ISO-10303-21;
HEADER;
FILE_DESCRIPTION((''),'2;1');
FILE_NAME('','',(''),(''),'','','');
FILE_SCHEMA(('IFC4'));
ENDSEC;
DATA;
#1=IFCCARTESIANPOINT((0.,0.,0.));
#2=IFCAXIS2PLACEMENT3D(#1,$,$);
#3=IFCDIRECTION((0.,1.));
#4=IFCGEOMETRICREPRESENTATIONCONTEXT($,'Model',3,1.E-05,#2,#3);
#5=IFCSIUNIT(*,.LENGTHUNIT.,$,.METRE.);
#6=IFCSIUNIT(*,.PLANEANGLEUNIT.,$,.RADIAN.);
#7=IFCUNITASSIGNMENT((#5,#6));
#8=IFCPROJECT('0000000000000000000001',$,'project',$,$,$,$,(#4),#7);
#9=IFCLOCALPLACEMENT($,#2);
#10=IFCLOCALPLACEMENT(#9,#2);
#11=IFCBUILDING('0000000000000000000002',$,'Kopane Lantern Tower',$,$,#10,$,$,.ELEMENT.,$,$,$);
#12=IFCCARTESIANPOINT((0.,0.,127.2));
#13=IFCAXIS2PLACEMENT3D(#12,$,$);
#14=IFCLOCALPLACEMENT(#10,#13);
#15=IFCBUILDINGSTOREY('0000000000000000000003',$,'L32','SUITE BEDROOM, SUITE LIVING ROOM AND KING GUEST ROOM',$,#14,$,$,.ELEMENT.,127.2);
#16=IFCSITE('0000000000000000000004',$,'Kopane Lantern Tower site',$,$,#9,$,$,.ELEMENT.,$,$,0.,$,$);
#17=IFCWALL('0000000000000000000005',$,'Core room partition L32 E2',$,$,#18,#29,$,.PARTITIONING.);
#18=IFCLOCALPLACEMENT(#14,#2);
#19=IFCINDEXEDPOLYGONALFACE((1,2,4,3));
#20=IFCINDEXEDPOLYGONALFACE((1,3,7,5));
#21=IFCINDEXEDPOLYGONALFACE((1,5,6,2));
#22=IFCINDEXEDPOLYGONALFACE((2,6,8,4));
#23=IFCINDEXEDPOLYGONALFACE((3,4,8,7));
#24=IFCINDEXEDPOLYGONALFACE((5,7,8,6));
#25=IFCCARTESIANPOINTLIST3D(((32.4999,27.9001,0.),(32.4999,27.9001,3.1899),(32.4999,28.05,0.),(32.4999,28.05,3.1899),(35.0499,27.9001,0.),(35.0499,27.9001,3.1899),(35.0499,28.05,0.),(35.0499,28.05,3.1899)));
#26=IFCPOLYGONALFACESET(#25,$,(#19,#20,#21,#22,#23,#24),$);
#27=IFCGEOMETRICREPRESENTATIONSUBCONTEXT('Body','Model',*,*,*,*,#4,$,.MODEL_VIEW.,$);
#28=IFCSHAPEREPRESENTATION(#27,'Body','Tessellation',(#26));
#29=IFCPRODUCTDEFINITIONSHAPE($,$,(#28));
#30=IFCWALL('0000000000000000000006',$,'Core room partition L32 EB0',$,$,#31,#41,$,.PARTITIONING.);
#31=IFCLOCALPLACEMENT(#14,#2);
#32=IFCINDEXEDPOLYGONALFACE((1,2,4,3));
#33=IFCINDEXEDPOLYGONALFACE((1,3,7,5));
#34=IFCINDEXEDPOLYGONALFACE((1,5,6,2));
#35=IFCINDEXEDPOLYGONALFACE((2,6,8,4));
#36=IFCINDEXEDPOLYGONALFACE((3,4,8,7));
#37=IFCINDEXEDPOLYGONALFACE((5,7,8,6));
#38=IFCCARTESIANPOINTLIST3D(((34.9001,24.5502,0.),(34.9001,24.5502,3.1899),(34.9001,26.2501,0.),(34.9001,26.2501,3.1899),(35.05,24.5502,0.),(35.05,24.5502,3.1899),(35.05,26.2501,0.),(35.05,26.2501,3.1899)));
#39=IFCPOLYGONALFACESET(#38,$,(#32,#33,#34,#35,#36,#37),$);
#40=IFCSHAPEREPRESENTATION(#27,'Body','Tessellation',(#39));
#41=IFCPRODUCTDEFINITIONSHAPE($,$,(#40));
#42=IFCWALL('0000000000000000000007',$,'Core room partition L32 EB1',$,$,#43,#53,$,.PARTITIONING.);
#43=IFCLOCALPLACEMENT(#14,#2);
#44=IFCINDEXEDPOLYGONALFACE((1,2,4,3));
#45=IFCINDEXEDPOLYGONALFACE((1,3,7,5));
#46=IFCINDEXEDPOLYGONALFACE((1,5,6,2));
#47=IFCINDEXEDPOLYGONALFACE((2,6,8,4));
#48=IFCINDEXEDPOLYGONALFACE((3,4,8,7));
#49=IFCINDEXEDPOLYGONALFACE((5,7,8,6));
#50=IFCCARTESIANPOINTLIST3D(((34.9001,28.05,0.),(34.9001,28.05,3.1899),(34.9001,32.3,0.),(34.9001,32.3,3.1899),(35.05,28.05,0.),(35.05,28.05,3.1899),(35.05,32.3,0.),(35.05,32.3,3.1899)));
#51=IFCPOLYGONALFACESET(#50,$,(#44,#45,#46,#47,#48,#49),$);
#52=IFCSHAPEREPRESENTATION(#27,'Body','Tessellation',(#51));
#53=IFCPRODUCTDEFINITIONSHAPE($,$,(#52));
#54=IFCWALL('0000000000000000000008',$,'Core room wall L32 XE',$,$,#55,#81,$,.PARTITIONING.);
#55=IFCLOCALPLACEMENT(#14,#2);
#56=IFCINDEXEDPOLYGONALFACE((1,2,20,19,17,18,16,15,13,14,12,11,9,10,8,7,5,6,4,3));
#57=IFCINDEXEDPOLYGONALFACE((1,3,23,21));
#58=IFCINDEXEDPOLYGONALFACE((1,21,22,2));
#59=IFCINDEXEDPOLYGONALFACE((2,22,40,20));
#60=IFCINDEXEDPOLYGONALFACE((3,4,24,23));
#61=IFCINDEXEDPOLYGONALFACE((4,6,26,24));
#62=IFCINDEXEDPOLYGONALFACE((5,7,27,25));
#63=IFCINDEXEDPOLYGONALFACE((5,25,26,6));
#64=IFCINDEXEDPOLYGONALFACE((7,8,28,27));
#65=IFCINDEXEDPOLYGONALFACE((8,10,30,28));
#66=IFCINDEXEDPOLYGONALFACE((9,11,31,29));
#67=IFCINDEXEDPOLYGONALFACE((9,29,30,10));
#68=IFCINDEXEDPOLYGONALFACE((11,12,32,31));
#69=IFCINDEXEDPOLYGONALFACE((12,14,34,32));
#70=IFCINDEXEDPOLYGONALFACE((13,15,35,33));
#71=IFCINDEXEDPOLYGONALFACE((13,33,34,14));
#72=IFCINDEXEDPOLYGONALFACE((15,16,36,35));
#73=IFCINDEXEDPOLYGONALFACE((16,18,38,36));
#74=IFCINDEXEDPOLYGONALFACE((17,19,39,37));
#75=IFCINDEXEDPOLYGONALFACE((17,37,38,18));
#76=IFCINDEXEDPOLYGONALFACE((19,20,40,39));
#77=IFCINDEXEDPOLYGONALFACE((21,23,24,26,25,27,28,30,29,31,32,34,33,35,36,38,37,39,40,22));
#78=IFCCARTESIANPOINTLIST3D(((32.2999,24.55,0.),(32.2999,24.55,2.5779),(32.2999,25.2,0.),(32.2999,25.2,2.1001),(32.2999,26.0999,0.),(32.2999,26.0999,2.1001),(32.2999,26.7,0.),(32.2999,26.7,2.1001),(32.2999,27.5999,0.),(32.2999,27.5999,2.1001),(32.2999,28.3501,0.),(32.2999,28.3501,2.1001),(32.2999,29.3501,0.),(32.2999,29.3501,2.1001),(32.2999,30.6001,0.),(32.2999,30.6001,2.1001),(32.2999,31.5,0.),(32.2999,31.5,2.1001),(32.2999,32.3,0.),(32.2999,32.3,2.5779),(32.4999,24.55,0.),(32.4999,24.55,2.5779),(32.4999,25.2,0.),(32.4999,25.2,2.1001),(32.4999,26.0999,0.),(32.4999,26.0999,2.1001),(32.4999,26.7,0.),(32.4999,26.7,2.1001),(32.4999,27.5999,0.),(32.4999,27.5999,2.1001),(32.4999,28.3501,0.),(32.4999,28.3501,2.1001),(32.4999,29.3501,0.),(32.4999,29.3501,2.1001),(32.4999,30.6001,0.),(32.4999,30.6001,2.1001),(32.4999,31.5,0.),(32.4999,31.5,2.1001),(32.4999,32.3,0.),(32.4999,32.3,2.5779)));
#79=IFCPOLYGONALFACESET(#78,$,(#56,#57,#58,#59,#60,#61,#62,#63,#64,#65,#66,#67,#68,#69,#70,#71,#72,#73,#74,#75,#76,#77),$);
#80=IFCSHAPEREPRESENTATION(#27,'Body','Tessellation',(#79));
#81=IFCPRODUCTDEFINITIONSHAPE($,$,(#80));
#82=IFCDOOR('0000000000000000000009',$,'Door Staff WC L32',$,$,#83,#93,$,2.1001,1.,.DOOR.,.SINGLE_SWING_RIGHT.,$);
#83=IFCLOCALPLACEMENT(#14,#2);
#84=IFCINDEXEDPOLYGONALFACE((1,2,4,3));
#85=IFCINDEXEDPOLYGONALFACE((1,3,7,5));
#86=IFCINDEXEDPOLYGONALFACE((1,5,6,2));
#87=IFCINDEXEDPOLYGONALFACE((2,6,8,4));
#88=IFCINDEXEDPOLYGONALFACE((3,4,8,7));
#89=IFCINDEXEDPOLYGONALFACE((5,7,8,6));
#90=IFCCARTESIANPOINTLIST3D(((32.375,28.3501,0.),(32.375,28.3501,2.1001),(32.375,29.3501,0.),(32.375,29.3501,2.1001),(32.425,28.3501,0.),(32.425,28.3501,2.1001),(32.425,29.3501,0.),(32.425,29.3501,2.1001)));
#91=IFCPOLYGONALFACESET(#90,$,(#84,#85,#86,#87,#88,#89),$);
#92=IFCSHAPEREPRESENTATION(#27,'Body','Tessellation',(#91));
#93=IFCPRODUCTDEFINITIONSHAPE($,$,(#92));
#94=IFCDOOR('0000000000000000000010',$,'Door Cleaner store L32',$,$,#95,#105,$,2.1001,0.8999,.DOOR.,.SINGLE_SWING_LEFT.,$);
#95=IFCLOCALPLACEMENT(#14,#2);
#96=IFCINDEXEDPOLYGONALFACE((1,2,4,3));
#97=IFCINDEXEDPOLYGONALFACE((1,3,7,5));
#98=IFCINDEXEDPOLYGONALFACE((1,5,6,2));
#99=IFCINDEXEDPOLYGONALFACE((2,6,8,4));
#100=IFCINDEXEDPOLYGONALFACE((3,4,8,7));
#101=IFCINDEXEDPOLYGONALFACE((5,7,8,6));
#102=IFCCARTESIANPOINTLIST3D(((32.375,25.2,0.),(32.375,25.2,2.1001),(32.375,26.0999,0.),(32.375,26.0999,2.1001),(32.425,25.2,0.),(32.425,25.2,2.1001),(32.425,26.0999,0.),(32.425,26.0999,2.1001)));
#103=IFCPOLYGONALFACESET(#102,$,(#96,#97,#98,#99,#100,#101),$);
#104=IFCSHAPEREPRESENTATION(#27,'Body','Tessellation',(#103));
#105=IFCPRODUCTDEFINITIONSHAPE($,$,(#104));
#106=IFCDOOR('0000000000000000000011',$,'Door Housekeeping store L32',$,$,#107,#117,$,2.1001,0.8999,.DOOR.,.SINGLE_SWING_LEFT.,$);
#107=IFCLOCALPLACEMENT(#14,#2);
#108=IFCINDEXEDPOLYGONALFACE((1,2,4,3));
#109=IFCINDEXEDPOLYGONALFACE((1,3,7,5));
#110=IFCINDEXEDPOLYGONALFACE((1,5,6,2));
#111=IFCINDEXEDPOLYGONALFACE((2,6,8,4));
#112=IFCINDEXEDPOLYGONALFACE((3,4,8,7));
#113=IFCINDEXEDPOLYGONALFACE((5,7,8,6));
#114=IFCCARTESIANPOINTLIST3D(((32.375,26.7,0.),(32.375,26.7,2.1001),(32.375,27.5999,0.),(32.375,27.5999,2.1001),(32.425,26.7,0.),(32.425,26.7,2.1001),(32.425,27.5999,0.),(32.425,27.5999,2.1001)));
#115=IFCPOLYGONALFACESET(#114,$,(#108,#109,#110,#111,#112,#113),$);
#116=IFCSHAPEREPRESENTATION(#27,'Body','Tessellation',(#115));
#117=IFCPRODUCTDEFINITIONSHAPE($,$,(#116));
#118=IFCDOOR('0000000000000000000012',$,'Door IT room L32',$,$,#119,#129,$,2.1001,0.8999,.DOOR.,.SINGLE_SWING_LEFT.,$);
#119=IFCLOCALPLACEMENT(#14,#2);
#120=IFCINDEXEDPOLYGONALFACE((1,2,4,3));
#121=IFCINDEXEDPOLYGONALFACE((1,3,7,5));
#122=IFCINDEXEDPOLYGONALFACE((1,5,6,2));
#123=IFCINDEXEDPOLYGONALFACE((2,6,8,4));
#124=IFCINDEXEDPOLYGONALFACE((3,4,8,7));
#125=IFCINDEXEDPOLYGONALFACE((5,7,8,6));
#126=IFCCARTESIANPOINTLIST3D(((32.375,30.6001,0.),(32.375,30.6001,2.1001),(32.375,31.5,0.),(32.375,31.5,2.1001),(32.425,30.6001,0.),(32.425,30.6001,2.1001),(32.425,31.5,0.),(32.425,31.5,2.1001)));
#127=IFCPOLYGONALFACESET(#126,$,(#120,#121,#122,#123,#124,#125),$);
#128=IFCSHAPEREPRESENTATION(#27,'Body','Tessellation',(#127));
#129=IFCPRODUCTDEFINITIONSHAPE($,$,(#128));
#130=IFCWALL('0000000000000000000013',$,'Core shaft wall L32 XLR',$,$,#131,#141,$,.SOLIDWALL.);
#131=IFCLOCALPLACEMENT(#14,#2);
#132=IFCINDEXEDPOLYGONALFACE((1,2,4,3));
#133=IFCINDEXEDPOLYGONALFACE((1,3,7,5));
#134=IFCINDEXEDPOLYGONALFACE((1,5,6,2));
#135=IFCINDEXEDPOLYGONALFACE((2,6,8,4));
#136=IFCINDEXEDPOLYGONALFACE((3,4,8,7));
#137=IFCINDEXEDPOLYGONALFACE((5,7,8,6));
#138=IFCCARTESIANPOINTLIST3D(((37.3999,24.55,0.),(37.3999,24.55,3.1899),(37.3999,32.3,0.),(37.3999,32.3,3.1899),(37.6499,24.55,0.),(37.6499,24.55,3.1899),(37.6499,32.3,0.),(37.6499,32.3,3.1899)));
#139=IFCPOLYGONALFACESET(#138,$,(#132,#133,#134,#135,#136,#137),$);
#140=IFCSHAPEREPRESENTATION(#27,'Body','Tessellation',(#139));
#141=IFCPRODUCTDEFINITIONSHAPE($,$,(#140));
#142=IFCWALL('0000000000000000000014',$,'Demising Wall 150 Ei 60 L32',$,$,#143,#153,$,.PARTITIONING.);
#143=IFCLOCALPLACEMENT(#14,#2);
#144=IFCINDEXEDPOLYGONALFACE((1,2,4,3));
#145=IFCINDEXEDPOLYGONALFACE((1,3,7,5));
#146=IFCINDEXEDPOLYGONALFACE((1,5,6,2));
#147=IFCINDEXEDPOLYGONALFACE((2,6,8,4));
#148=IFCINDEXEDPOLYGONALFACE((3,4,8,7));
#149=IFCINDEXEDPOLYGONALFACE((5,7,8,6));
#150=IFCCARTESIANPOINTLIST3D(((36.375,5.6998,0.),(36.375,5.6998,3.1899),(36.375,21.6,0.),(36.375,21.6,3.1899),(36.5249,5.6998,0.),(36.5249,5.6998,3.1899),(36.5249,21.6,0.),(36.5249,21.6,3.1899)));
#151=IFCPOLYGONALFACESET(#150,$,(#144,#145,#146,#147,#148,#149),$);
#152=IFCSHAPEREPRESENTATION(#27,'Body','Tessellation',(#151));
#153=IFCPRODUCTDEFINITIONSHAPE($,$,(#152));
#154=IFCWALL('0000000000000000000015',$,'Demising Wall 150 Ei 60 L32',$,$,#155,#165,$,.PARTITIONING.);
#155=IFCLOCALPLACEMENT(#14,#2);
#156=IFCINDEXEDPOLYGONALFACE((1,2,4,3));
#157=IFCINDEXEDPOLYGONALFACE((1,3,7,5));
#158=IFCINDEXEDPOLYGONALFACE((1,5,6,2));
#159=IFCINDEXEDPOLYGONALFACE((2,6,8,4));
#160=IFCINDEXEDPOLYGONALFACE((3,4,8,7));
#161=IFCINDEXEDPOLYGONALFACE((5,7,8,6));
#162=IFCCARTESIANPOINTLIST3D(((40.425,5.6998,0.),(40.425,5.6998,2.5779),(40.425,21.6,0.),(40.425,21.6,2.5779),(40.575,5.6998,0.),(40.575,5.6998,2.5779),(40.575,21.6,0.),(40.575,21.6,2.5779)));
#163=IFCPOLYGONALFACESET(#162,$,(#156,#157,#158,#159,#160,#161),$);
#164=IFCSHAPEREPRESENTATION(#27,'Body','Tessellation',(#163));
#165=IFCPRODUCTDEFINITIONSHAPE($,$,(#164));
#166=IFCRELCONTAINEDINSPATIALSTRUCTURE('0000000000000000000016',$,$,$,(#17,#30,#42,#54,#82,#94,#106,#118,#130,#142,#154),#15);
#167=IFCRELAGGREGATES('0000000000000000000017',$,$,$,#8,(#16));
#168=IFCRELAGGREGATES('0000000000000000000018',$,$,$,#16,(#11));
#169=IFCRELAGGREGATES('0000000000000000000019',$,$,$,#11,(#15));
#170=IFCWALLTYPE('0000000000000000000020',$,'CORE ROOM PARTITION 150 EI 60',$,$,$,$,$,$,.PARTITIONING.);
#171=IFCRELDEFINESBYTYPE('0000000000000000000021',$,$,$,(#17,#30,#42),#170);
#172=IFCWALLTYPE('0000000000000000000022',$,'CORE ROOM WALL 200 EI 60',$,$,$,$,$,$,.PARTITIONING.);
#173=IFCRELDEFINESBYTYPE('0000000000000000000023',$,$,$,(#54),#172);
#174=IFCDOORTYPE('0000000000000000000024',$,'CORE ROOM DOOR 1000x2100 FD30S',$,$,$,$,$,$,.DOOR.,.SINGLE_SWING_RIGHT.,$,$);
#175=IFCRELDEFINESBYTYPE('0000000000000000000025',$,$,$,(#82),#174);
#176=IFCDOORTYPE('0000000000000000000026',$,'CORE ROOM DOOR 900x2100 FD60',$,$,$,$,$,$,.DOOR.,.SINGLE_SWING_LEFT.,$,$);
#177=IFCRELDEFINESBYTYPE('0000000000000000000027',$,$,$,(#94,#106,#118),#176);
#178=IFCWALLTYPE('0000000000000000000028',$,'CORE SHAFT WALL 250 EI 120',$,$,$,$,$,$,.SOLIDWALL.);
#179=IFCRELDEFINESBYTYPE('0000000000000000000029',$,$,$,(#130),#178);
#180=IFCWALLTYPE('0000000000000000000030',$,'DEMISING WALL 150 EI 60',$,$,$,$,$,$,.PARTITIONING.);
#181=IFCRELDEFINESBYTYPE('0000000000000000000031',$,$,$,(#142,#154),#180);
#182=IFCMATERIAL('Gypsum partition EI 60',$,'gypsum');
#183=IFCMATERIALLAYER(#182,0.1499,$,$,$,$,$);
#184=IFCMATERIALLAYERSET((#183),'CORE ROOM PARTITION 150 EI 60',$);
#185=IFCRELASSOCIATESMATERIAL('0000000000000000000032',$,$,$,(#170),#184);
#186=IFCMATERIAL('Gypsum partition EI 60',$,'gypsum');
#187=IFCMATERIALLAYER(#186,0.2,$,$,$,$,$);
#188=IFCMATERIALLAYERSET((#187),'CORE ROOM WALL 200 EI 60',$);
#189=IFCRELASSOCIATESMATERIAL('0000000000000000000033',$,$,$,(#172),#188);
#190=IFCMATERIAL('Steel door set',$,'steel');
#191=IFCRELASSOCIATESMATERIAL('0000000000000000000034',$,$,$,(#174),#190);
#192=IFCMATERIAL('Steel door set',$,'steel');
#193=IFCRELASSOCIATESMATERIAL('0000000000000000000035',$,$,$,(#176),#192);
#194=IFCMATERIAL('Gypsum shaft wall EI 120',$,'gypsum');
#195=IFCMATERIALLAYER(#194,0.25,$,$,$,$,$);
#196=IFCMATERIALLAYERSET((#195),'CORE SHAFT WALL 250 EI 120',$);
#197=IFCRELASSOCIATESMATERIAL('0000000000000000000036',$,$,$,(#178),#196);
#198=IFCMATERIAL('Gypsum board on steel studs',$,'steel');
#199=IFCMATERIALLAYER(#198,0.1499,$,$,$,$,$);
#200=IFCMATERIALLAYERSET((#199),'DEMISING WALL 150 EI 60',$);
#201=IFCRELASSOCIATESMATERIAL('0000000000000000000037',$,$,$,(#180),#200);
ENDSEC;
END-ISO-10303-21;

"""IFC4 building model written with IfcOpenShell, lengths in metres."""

from ifc_helpers import new_model, si_unit, direction, frame, frame_2d, origin, place, context, subcontext, project, spatial, rectangle, extrude, material, layer, layer_set, type_object, element, fill, save


model = new_model("IFC4")

# Units and contexts
model_context = context("Model", 3, precision=1e-05, world=origin(), true_north=direction((0.0, 1.0)))
body_context = subcontext(model_context, "Body", "Model", "MODEL_VIEW")
ifc_project = project(units=[si_unit("LENGTHUNIT", "METRE"), si_unit("PLANEANGLEUNIT", "RADIAN")], contexts=[model_context])

# Site, building, storey
site_placement = place(None, origin())
site = spatial("IfcSite", under=ifc_project, at=site_placement, Name="Kopane Lantern Tower site", CompositionType="ELEMENT", RefElevation=0.0)
building_placement = place(site_placement, origin())
building = spatial("IfcBuilding", under=site, at=building_placement, Name="Kopane Lantern Tower", CompositionType="ELEMENT")
storey_placement = place(building_placement, frame((0.0, 0.0, 127.2)))
storey = spatial("IfcBuildingStorey", under=building, at=storey_placement, Name="L32", Description="SUITE BEDROOM, SUITE LIVING ROOM AND KING GUEST ROOM", CompositionType="ELEMENT", Elevation=127.2)

# Walls
ifc_material_1 = material(Name="Gypsum partition EI 60", Category="gypsum")
ifc_layer_1 = layer(ifc_material_1, 0.1499)
ifc_layer_set_1 = layer_set([ifc_layer_1], Name="CORE ROOM PARTITION 150 EI 60")
wall_type_1 = type_object("IfcWallType", Name="CORE ROOM PARTITION 150 EI 60", PredefinedType="PARTITIONING", material=ifc_layer_set_1)
for number, where, z_axis, x_axis, name in (
    (1, (32.5, 27.9751, 0.0), (0.0, 0.0, 1.0), (1.0, 0.0, 0.0), "Core room partition L32 E2"),
):
    element("IfcWall", number, at=place(storey_placement, frame(where, z_axis=z_axis, x_axis=x_axis)), inside=storey, type_object=wall_type_1, Name=name, PredefinedType="PARTITIONING", context=body_context, shape_type="SweptSolid", body=[
        extrude(rectangle(XDim=2.55, YDim=0.1499, at=frame_2d((1.2749, 0.0))), origin(), (0.0, 0.0, 1.0), 3.1899),
    ])
wall_1_placement = place(storey_placement, frame((34.9751, 24.55, 0.0), z_axis=(0.0, 0.0, 1.0), x_axis=(0.0, 1.0, 0.0)))
element("IfcWall", 2, at=wall_1_placement, inside=storey, type_object=wall_type_1, Name="Core room partition L32 EB0", PredefinedType="PARTITIONING", context=body_context, shape_type="SweptSolid", body=[
    extrude(rectangle(XDim=1.7, YDim=0.1499, at=frame_2d((0.8501, 0.0))), origin(), (0.0, 0.0, 1.0), 3.1899),
])
wall_2_placement = place(storey_placement, frame((34.9751, 28.05, 0.0), z_axis=(0.0, 0.0, 1.0), x_axis=(0.0, 1.0, 0.0)))
element("IfcWall", 3, at=wall_2_placement, inside=storey, type_object=wall_type_1, Name="Core room partition L32 EB1", PredefinedType="PARTITIONING", context=body_context, shape_type="SweptSolid", body=[
    extrude(rectangle(XDim=4.25, YDim=0.1499, at=frame_2d((2.125, 0.0))), origin(), (0.0, 0.0, 1.0), 3.1899),
])

# Wall, openings, doors
ifc_material_2 = material(Name="Gypsum partition EI 60", Category="gypsum")
ifc_layer_2 = layer(ifc_material_2, 0.2)
ifc_layer_set_2 = layer_set([ifc_layer_2], Name="CORE ROOM WALL 200 EI 60")
wall_type_2 = type_object("IfcWallType", Name="CORE ROOM WALL 200 EI 60", PredefinedType="PARTITIONING", material=ifc_layer_set_2)
wall_3_placement = place(storey_placement, frame((32.3999, 24.55, 0.0), z_axis=(0.0, 0.0, 1.0), x_axis=(0.0, 1.0, 0.0)))
wall_3 = element("IfcWall", 4, at=wall_3_placement, inside=storey, type_object=wall_type_2, Name="Core room wall L32 XE", PredefinedType="PARTITIONING", context=body_context, shape_type="SweptSolid", body=[
    extrude(rectangle(XDim=7.75, YDim=0.2, at=frame_2d((3.875, 0.0))), origin(), (0.0, 0.0, 1.0), 2.5779),
])
opening_1_placement = place(wall_3_placement, frame((0.6499, 0.0, 0.0)))
opening_1 = element("IfcOpeningElement", 5, at=opening_1_placement, cuts=wall_3, PredefinedType="OPENING", context=body_context, shape_type="SweptSolid", body=[
    extrude(rectangle(XDim=0.8999, YDim=2.1001, at=frame_2d((0.45, 1.05))), frame((0.0, 0.1099, 0.0), z_axis=(0.0, -1.0, 0.0), x_axis=(1.0, 0.0, 0.0)), (0.0, 0.0, 1.0), 0.22),
])
opening_2_placement = place(wall_3_placement, frame((2.1499, 0.0, 0.0)))
opening_2 = element("IfcOpeningElement", 6, at=opening_2_placement, cuts=wall_3, PredefinedType="OPENING", context=body_context, shape_type="SweptSolid", body=[
    extrude(rectangle(XDim=0.8999, YDim=2.1001, at=frame_2d((0.45, 1.05))), frame((0.0, 0.1099, 0.0), z_axis=(0.0, -1.0, 0.0), x_axis=(1.0, 0.0, 0.0)), (0.0, 0.0, 1.0), 0.22),
])
opening_3_placement = place(wall_3_placement, frame((3.8, 0.0, 0.0)))
opening_3 = element("IfcOpeningElement", 7, at=opening_3_placement, cuts=wall_3, PredefinedType="OPENING", context=body_context, shape_type="SweptSolid", body=[
    extrude(rectangle(XDim=1.0, YDim=2.1001, at=frame_2d((0.5, 1.05))), frame((0.0, 0.1099, 0.0), z_axis=(0.0, -1.0, 0.0), x_axis=(1.0, 0.0, 0.0)), (0.0, 0.0, 1.0), 0.22),
])
opening_4_placement = place(wall_3_placement, frame((6.05, 0.0, 0.0)))
opening_4 = element("IfcOpeningElement", 8, at=opening_4_placement, cuts=wall_3, PredefinedType="OPENING", context=body_context, shape_type="SweptSolid", body=[
    extrude(rectangle(XDim=0.8999, YDim=2.1001, at=frame_2d((0.45, 1.05))), frame((0.0, 0.1099, 0.0), z_axis=(0.0, -1.0, 0.0), x_axis=(1.0, 0.0, 0.0)), (0.0, 0.0, 1.0), 0.22),
])
ifc_material_3 = material(Name="Steel door set", Category="steel")
door_type_1 = type_object("IfcDoorType", Name="CORE ROOM DOOR 1000x2100 FD30S", OperationType="SINGLE_SWING_RIGHT", PredefinedType="DOOR", material=ifc_material_3)
door_1_placement = place(opening_3_placement, origin())
door_1 = element("IfcDoor", 9, at=door_1_placement, inside=storey, type_object=door_type_1, Name="Door Staff WC L32", OperationType="SINGLE_SWING_RIGHT", OverallHeight=2.1001, OverallWidth=1.0, PredefinedType="DOOR", context=body_context, shape_type="SweptSolid", body=[
    extrude(rectangle(XDim=1.0, YDim=2.1001, at=frame_2d((0.5, 1.05))), frame((0.0, 0.0249, 0.0), z_axis=(0.0, -1.0, 0.0), x_axis=(1.0, 0.0, 0.0)), (0.0, 0.0, 1.0), 0.05),
])
fill(opening_3, door_1)
ifc_material_4 = material(Name="Steel door set", Category="steel")
door_type_2 = type_object("IfcDoorType", Name="CORE ROOM DOOR 900x2100 FD60", OperationType="SINGLE_SWING_LEFT", PredefinedType="DOOR", material=ifc_material_4)
door_2_placement = place(opening_1_placement, origin())
door_2 = element("IfcDoor", 10, at=door_2_placement, inside=storey, type_object=door_type_2, Name="Door Cleaner store L32", OperationType="SINGLE_SWING_LEFT", OverallHeight=2.1001, OverallWidth=0.8999, PredefinedType="DOOR", context=body_context, shape_type="SweptSolid", body=[
    extrude(rectangle(XDim=0.8999, YDim=2.1001, at=frame_2d((0.45, 1.05))), frame((0.0, 0.0249, 0.0), z_axis=(0.0, -1.0, 0.0), x_axis=(1.0, 0.0, 0.0)), (0.0, 0.0, 1.0), 0.05),
])
fill(opening_1, door_2)
door_3_placement = place(opening_2_placement, origin())
door_3 = element("IfcDoor", 11, at=door_3_placement, inside=storey, type_object=door_type_2, Name="Door Housekeeping store L32", OperationType="SINGLE_SWING_LEFT", OverallHeight=2.1001, OverallWidth=0.8999, PredefinedType="DOOR", context=body_context, shape_type="SweptSolid", body=[
    extrude(rectangle(XDim=0.8999, YDim=2.1001, at=frame_2d((0.45, 1.05))), frame((0.0, 0.0249, 0.0), z_axis=(0.0, -1.0, 0.0), x_axis=(1.0, 0.0, 0.0)), (0.0, 0.0, 1.0), 0.05),
])
fill(opening_2, door_3)
door_4_placement = place(opening_4_placement, origin())
door_4 = element("IfcDoor", 12, at=door_4_placement, inside=storey, type_object=door_type_2, Name="Door IT room L32", OperationType="SINGLE_SWING_LEFT", OverallHeight=2.1001, OverallWidth=0.8999, PredefinedType="DOOR", context=body_context, shape_type="SweptSolid", body=[
    extrude(rectangle(XDim=0.8999, YDim=2.1001, at=frame_2d((0.45, 1.05))), frame((0.0, 0.0249, 0.0), z_axis=(0.0, -1.0, 0.0), x_axis=(1.0, 0.0, 0.0)), (0.0, 0.0, 1.0), 0.05),
])
fill(opening_4, door_4)

# Walls
ifc_material_5 = material(Name="Gypsum shaft wall EI 120", Category="gypsum")
ifc_layer_3 = layer(ifc_material_5, 0.25)
ifc_layer_set_3 = layer_set([ifc_layer_3], Name="CORE SHAFT WALL 250 EI 120")
wall_type_3 = type_object("IfcWallType", Name="CORE SHAFT WALL 250 EI 120", PredefinedType="SOLIDWALL", material=ifc_layer_set_3)
wall_4_placement = place(storey_placement, frame((37.5249, 24.55, 0.0), z_axis=(0.0, 0.0, 1.0), x_axis=(0.0, 1.0, 0.0)))
element("IfcWall", 13, at=wall_4_placement, inside=storey, type_object=wall_type_3, Name="Core shaft wall L32 XLR", PredefinedType="SOLIDWALL", context=body_context, shape_type="SweptSolid", body=[
    extrude(rectangle(XDim=7.75, YDim=0.25, at=frame_2d((3.875, 0.0))), origin(), (0.0, 0.0, 1.0), 3.1899),
])
ifc_material_6 = material(Name="Gypsum board on steel studs", Category="steel")
ifc_layer_4 = layer(ifc_material_6, 0.1499)
ifc_layer_set_4 = layer_set([ifc_layer_4], Name="DEMISING WALL 150 EI 60")
wall_type_4 = type_object("IfcWallType", Name="DEMISING WALL 150 EI 60", PredefinedType="PARTITIONING", material=ifc_layer_set_4)
wall_5_placement = place(storey_placement, frame((36.45, 21.6001, 0.0), z_axis=(0.0, 0.0, 1.0), x_axis=(0.0, -1.0, 0.0)))
element("IfcWall", 14, at=wall_5_placement, inside=storey, type_object=wall_type_4, Name="Demising Wall 150 Ei 60 L32", PredefinedType="PARTITIONING", context=body_context, shape_type="SweptSolid", body=[
    extrude(rectangle(XDim=15.9001, YDim=0.1499, at=frame_2d((7.9502, 0.0))), origin(), (0.0, 0.0, 1.0), 3.1899),
])
wall_6_placement = place(storey_placement, frame((40.5, 21.6001, 0.0), z_axis=(0.0, 0.0, 1.0), x_axis=(0.0, -1.0, 0.0)))
element("IfcWall", 15, at=wall_6_placement, inside=storey, type_object=wall_type_4, Name="Demising Wall 150 Ei 60 L32", PredefinedType="PARTITIONING", context=body_context, shape_type="SweptSolid", body=[
    extrude(rectangle(XDim=15.9001, YDim=0.1499, at=frame_2d((7.9502, 0.0))), origin(), (0.0, 0.0, 1.0), 2.5779),
])

save(model, "model.ifc")
